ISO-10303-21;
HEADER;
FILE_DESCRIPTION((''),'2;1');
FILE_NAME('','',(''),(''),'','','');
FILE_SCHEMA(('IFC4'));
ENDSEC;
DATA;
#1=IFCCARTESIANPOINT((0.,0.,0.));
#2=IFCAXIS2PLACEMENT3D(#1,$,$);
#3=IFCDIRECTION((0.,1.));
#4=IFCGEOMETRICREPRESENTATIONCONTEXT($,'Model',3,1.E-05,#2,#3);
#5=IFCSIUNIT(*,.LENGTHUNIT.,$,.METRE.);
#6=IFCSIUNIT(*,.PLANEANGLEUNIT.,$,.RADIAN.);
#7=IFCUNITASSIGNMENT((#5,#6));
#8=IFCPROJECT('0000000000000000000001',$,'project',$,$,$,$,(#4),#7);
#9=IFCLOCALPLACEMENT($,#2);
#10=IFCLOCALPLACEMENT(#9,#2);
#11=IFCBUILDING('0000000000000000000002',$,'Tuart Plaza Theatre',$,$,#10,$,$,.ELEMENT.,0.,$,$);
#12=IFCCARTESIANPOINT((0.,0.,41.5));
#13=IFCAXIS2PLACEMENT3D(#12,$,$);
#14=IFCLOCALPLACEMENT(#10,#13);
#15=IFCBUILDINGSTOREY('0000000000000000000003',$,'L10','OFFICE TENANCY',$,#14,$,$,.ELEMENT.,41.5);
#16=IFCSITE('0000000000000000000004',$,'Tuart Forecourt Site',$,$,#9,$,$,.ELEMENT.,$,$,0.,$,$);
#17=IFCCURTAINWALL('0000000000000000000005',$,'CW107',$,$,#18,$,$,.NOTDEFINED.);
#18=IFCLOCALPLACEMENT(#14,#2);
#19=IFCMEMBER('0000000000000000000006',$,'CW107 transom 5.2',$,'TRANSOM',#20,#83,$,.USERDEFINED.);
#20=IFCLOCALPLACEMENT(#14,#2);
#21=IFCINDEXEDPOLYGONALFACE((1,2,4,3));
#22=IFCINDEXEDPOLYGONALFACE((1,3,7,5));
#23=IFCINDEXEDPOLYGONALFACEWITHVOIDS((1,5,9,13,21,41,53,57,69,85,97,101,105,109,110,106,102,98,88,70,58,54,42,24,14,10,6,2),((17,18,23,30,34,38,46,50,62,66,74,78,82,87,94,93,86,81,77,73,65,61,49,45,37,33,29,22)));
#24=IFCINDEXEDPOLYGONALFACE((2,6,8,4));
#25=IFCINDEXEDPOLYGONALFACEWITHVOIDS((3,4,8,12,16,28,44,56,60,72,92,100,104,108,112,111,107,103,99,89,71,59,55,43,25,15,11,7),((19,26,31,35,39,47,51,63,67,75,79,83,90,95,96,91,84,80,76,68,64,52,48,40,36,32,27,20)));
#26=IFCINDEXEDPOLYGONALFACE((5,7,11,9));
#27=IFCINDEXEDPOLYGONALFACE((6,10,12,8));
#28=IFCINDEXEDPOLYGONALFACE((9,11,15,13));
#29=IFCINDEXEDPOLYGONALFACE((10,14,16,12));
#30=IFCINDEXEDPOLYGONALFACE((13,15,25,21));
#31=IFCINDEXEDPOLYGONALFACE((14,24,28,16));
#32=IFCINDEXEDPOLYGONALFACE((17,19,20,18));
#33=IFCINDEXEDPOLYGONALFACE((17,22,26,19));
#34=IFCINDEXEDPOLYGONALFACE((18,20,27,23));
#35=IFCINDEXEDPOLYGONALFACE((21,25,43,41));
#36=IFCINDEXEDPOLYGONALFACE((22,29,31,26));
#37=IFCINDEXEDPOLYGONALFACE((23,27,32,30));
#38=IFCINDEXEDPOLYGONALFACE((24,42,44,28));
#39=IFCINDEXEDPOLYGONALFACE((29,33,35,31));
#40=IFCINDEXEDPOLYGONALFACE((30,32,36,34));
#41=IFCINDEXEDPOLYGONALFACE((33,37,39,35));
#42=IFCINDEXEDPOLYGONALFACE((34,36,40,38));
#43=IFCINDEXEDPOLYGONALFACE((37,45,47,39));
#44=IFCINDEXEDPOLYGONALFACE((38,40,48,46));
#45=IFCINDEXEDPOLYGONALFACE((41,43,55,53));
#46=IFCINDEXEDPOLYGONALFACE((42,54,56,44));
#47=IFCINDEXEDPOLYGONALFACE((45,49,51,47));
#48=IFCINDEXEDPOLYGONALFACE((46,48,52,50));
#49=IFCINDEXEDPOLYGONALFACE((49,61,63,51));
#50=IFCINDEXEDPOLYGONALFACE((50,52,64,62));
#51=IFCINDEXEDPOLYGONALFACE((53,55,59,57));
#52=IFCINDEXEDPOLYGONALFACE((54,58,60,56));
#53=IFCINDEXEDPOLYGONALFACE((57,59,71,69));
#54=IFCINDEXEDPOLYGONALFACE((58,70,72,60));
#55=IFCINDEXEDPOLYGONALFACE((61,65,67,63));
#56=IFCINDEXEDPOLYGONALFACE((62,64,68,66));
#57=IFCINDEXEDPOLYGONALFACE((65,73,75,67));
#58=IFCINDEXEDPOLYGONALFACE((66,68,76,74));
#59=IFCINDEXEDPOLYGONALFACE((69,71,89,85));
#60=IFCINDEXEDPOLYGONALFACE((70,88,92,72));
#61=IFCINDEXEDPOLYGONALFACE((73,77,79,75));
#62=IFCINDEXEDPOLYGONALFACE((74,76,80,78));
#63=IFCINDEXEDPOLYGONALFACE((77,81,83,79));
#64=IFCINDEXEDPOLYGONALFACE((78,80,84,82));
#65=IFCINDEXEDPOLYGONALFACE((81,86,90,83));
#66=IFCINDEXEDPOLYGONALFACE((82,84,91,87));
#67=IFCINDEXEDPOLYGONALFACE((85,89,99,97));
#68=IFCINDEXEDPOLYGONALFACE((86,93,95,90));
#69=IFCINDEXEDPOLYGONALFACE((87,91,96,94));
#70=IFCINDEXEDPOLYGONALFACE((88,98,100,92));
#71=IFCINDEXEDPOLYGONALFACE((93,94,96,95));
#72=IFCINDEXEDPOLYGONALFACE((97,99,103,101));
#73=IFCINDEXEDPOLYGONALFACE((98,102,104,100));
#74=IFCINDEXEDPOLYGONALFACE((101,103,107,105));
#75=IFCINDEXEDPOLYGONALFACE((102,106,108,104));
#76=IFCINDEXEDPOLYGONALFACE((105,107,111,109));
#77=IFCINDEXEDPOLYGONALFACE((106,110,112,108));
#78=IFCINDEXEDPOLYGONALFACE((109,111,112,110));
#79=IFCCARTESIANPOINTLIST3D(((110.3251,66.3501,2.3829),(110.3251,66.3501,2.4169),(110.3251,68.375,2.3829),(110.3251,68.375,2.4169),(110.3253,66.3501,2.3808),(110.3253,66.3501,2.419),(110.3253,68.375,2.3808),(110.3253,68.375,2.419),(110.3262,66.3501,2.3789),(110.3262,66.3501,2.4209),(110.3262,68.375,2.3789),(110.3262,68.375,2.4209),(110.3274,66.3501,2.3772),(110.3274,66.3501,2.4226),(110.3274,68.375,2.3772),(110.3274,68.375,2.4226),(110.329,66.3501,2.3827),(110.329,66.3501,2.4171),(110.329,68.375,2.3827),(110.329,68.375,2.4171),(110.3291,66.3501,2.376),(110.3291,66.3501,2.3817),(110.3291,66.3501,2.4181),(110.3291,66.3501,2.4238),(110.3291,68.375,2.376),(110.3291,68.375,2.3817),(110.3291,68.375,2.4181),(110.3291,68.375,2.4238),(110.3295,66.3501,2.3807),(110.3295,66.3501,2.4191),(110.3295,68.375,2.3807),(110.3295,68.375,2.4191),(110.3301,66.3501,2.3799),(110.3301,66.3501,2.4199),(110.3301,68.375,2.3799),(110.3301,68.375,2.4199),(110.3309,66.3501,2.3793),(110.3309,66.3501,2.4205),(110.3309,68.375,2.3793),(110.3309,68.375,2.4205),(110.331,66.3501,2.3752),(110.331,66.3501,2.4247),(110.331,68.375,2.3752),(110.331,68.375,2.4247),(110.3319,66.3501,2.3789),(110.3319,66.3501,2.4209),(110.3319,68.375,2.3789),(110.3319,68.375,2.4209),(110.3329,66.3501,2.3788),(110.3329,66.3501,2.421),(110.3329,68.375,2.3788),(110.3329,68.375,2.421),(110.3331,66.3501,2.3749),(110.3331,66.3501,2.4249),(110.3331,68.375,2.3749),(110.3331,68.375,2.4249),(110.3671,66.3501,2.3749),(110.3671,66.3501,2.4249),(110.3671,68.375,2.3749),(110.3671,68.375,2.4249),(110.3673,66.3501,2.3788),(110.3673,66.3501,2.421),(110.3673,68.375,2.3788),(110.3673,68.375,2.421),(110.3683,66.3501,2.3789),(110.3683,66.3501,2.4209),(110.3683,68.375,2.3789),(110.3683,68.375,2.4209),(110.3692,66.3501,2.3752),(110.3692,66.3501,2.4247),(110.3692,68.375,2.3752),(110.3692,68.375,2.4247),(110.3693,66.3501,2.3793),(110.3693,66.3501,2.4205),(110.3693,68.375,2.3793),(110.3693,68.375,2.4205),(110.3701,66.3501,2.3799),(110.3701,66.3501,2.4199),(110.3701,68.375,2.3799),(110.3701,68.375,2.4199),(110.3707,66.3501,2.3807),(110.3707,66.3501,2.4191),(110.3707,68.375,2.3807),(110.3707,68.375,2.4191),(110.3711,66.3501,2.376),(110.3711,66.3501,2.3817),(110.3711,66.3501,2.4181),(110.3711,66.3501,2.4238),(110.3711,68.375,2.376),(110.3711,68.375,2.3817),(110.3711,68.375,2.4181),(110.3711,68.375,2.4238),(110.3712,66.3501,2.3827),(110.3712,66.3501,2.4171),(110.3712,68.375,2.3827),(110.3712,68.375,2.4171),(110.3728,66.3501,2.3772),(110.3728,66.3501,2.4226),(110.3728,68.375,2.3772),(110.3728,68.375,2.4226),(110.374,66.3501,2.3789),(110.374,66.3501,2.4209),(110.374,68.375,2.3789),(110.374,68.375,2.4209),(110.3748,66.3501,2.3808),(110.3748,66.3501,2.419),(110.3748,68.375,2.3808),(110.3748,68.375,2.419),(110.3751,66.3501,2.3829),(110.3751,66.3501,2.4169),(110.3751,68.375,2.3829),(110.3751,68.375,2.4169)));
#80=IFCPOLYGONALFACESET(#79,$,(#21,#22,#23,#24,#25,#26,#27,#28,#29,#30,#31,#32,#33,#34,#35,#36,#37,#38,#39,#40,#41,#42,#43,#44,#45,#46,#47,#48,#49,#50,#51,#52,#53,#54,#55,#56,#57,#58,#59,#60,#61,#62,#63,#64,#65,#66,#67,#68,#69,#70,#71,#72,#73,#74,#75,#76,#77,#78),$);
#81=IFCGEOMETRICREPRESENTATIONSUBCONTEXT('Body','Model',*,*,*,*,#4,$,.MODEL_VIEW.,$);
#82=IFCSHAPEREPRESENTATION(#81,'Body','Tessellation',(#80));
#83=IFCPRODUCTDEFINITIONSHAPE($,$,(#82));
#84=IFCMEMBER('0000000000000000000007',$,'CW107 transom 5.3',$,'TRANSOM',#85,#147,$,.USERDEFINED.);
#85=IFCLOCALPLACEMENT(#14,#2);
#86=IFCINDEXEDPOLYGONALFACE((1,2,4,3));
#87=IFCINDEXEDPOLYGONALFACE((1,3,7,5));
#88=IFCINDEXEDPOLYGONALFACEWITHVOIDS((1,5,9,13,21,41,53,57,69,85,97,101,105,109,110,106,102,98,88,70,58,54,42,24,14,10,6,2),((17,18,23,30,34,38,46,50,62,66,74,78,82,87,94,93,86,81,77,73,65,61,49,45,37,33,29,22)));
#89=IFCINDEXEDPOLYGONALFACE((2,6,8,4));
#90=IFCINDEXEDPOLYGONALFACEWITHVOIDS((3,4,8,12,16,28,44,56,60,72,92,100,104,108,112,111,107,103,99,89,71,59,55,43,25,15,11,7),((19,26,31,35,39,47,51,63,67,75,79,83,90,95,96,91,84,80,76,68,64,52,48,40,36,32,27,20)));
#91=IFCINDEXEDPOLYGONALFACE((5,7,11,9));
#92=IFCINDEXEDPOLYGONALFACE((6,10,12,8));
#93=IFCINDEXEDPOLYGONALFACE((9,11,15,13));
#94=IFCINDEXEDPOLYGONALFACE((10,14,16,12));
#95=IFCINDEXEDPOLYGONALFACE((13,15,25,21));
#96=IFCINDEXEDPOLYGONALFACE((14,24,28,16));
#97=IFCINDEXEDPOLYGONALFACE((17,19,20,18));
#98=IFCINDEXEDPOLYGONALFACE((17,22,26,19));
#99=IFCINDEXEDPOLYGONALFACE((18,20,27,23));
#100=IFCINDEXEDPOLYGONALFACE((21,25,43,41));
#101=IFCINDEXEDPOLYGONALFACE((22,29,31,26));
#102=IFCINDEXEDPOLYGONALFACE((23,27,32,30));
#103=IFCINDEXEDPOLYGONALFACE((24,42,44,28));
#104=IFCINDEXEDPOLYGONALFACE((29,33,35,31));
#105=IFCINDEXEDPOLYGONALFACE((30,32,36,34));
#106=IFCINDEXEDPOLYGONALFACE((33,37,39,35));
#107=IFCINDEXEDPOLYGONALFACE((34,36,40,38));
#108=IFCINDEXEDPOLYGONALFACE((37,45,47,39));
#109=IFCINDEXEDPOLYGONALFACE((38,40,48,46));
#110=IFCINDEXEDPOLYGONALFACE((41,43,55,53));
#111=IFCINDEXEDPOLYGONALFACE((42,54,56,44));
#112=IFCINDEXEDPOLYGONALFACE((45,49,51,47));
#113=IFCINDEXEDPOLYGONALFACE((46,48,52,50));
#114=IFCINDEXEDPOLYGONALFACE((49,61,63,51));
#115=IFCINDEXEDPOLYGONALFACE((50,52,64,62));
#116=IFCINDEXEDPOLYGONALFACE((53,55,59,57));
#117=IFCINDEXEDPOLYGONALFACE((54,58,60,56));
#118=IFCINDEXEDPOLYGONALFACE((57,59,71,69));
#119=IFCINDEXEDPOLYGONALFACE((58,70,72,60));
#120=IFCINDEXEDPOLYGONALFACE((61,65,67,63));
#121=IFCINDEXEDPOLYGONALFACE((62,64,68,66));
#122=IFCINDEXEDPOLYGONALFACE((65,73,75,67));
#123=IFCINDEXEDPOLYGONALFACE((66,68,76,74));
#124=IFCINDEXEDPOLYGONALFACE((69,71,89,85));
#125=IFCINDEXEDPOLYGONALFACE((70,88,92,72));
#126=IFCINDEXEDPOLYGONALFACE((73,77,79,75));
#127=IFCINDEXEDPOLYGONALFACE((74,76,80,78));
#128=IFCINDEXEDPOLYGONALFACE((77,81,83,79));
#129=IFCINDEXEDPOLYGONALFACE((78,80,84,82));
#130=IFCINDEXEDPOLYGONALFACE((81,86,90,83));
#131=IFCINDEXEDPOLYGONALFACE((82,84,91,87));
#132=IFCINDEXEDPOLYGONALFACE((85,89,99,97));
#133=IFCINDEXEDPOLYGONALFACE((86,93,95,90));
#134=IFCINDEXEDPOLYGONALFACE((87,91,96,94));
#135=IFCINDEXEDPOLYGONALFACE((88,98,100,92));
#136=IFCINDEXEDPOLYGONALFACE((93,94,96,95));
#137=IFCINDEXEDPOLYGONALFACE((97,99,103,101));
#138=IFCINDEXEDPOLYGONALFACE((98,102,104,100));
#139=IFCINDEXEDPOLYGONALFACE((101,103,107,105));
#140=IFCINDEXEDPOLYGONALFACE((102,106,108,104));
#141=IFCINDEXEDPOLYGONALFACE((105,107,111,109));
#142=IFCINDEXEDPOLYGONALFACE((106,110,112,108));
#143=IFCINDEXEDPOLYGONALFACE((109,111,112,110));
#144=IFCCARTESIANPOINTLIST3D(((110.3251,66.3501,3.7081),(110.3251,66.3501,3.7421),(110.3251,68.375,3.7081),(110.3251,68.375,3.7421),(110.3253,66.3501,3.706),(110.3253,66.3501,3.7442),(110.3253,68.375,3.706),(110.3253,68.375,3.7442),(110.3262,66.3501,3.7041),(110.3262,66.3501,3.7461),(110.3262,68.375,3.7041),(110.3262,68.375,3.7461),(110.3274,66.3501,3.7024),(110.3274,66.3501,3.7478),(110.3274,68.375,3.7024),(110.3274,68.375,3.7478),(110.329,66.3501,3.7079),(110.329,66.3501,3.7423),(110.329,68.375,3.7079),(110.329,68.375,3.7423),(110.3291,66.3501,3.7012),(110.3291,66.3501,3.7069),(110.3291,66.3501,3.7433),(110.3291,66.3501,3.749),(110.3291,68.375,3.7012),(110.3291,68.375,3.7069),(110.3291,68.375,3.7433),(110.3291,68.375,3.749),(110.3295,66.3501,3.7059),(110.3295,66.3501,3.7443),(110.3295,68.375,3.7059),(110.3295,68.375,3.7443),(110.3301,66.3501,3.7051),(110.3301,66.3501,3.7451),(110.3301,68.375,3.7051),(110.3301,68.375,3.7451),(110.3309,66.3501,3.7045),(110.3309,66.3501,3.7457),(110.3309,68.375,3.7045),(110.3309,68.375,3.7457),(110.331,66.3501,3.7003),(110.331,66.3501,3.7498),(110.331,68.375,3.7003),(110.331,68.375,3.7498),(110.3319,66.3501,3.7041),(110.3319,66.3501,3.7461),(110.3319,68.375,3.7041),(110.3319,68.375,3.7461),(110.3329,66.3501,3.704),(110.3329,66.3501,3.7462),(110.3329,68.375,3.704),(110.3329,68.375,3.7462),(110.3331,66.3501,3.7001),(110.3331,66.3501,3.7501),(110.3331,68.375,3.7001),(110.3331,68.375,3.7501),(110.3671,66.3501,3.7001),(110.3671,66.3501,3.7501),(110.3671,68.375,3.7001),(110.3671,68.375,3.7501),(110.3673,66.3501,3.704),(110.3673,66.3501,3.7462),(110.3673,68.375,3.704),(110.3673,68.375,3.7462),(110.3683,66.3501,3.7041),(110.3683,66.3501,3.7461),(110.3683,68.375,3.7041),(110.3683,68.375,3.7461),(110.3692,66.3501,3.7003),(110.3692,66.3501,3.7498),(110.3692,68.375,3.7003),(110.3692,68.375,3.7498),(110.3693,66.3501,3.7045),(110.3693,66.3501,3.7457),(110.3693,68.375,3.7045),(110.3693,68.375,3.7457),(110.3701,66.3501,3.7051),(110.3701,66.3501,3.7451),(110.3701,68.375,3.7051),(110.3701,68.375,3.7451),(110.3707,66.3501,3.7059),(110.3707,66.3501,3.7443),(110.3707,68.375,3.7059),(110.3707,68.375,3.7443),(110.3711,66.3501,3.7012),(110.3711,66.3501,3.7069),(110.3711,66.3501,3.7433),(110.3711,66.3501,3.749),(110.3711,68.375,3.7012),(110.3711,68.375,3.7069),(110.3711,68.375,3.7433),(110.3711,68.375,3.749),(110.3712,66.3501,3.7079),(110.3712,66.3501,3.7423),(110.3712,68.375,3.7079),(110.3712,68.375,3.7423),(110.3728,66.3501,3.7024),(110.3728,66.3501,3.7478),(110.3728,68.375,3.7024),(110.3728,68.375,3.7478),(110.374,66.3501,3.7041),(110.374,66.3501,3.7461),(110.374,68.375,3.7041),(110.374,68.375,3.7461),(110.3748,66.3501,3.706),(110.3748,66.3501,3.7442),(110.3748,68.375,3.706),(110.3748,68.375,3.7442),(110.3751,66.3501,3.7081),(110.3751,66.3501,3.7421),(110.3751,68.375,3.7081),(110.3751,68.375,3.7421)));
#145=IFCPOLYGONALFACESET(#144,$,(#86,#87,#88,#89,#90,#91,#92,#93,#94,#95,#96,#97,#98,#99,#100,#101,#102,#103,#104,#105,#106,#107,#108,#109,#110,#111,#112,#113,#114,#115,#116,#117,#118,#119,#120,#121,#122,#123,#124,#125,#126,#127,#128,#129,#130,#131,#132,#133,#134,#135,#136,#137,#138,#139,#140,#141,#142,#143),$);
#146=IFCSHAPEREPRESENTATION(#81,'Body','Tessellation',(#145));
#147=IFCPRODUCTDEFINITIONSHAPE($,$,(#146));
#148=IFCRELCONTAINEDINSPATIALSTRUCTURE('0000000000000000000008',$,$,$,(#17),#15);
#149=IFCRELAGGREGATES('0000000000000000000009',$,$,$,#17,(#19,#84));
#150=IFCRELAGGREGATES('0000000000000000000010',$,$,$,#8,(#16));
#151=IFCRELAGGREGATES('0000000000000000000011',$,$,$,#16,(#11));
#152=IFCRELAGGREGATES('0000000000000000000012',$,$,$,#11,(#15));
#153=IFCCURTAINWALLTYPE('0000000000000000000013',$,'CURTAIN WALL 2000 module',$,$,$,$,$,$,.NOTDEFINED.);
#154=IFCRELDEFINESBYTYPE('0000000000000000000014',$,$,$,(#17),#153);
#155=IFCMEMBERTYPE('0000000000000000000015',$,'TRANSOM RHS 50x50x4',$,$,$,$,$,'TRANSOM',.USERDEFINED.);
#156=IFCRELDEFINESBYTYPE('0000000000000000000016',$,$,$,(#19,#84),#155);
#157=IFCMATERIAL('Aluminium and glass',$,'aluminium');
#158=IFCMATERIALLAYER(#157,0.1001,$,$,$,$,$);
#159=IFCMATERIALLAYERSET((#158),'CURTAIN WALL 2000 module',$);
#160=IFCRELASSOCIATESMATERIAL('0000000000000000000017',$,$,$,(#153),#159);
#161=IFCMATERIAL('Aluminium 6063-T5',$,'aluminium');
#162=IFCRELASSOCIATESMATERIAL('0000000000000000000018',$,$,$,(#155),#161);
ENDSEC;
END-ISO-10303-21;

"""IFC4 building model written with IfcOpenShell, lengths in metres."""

from ifc_helpers import new_model, si_unit, direction, frame, origin, origin_2d, place, context, subcontext, project, spatial, hollow_rectangle, extrude, material, layer, layer_set, material_profile, profile_set, type_object, element, aggregate, save


model = new_model("IFC4")

# Units and contexts
model_context = context("Model", 3, precision=1e-05, world=origin(), true_north=direction((0.0, 1.0)))
body_context = subcontext(model_context, "Body", "Model", "MODEL_VIEW")
ifc_project = project(units=[si_unit("LENGTHUNIT", "METRE"), si_unit("PLANEANGLEUNIT", "RADIAN")], contexts=[model_context])

# Site, building, storey
site_placement = place(None, origin())
site = spatial("IfcSite", under=ifc_project, at=site_placement, Name="Tuart Forecourt Site", CompositionType="ELEMENT", RefElevation=0.0)
building_placement = place(site_placement, origin())
building = spatial("IfcBuilding", under=site, at=building_placement, Name="Tuart Plaza Theatre", CompositionType="ELEMENT", ElevationOfRefHeight=0.0)
storey_placement = place(building_placement, frame((0.0, 0.0, 41.5)))
storey = spatial("IfcBuildingStorey", under=building, at=storey_placement, Name="L10", Description="OFFICE TENANCY", CompositionType="ELEMENT", Elevation=41.5)

# Curtain wall, members
ifc_material_1 = material(Name="Aluminium and glass", Category="aluminium")
ifc_layer_1 = layer(ifc_material_1, 0.1001)
ifc_layer_set_1 = layer_set([ifc_layer_1], Name="CURTAIN WALL 2000 module")
curtain_wall_type = type_object("IfcCurtainWallType", Name="CURTAIN WALL 2000 module", PredefinedType="NOTDEFINED", material=ifc_layer_set_1)
curtain_wall_placement = place(storey_placement, origin())
curtain_wall = element("IfcCurtainWall", 1, at=curtain_wall_placement, inside=storey, type_object=curtain_wall_type, Name="CW107", PredefinedType="NOTDEFINED")
ifc_material_2 = material(Name="Aluminium 6063-T5", Category="aluminium")
ifc_material_profile_1 = material_profile(ifc_material_2, hollow_rectangle(XDim=0.05, YDim=0.05, WallThickness=0.0039, InnerFilletRadius=0.0039, OuterFilletRadius=0.0081, at=origin_2d()), Name="RHS 50x50x4")
ifc_profile_set_1 = profile_set([ifc_material_profile_1], Name="Aluminium 6063-T5")
member_type = type_object("IfcMemberType", Name="TRANSOM RHS 50x50x4", ElementType="TRANSOM", PredefinedType="USERDEFINED", material=ifc_profile_set_1)
member_1_placement = place(storey_placement, frame((110.3501, 68.375, 2.3999), z_axis=(0.0, -1.0, 0.0), x_axis=(1.0, 0.0, 0.0)))
member_1 = element("IfcMember", 2, at=member_1_placement, type_object=member_type, Name="CW107 transom 5.2", ObjectType="TRANSOM", PredefinedType="USERDEFINED", context=body_context, shape_type="SweptSolid", body=[
    extrude(hollow_rectangle(XDim=0.05, YDim=0.05, WallThickness=0.0039, InnerFilletRadius=0.0039, OuterFilletRadius=0.0081, at=origin_2d()), origin(), (0.0, 0.0, 1.0), 2.0249),
])
member_2_placement = place(storey_placement, frame((110.3501, 68.375, 3.7251), z_axis=(0.0, -1.0, 0.0), x_axis=(1.0, 0.0, 0.0)))
member_2 = element("IfcMember", 3, at=member_2_placement, type_object=member_type, Name="CW107 transom 5.3", ObjectType="TRANSOM", PredefinedType="USERDEFINED", context=body_context, shape_type="SweptSolid", body=[
    extrude(hollow_rectangle(XDim=0.05, YDim=0.05, WallThickness=0.0039, InnerFilletRadius=0.0039, OuterFilletRadius=0.0081, at=origin_2d()), origin(), (0.0, 0.0, 1.0), 2.0249),
])
aggregate(curtain_wall, [member_1, member_2])

save(model, "model.ifc")
